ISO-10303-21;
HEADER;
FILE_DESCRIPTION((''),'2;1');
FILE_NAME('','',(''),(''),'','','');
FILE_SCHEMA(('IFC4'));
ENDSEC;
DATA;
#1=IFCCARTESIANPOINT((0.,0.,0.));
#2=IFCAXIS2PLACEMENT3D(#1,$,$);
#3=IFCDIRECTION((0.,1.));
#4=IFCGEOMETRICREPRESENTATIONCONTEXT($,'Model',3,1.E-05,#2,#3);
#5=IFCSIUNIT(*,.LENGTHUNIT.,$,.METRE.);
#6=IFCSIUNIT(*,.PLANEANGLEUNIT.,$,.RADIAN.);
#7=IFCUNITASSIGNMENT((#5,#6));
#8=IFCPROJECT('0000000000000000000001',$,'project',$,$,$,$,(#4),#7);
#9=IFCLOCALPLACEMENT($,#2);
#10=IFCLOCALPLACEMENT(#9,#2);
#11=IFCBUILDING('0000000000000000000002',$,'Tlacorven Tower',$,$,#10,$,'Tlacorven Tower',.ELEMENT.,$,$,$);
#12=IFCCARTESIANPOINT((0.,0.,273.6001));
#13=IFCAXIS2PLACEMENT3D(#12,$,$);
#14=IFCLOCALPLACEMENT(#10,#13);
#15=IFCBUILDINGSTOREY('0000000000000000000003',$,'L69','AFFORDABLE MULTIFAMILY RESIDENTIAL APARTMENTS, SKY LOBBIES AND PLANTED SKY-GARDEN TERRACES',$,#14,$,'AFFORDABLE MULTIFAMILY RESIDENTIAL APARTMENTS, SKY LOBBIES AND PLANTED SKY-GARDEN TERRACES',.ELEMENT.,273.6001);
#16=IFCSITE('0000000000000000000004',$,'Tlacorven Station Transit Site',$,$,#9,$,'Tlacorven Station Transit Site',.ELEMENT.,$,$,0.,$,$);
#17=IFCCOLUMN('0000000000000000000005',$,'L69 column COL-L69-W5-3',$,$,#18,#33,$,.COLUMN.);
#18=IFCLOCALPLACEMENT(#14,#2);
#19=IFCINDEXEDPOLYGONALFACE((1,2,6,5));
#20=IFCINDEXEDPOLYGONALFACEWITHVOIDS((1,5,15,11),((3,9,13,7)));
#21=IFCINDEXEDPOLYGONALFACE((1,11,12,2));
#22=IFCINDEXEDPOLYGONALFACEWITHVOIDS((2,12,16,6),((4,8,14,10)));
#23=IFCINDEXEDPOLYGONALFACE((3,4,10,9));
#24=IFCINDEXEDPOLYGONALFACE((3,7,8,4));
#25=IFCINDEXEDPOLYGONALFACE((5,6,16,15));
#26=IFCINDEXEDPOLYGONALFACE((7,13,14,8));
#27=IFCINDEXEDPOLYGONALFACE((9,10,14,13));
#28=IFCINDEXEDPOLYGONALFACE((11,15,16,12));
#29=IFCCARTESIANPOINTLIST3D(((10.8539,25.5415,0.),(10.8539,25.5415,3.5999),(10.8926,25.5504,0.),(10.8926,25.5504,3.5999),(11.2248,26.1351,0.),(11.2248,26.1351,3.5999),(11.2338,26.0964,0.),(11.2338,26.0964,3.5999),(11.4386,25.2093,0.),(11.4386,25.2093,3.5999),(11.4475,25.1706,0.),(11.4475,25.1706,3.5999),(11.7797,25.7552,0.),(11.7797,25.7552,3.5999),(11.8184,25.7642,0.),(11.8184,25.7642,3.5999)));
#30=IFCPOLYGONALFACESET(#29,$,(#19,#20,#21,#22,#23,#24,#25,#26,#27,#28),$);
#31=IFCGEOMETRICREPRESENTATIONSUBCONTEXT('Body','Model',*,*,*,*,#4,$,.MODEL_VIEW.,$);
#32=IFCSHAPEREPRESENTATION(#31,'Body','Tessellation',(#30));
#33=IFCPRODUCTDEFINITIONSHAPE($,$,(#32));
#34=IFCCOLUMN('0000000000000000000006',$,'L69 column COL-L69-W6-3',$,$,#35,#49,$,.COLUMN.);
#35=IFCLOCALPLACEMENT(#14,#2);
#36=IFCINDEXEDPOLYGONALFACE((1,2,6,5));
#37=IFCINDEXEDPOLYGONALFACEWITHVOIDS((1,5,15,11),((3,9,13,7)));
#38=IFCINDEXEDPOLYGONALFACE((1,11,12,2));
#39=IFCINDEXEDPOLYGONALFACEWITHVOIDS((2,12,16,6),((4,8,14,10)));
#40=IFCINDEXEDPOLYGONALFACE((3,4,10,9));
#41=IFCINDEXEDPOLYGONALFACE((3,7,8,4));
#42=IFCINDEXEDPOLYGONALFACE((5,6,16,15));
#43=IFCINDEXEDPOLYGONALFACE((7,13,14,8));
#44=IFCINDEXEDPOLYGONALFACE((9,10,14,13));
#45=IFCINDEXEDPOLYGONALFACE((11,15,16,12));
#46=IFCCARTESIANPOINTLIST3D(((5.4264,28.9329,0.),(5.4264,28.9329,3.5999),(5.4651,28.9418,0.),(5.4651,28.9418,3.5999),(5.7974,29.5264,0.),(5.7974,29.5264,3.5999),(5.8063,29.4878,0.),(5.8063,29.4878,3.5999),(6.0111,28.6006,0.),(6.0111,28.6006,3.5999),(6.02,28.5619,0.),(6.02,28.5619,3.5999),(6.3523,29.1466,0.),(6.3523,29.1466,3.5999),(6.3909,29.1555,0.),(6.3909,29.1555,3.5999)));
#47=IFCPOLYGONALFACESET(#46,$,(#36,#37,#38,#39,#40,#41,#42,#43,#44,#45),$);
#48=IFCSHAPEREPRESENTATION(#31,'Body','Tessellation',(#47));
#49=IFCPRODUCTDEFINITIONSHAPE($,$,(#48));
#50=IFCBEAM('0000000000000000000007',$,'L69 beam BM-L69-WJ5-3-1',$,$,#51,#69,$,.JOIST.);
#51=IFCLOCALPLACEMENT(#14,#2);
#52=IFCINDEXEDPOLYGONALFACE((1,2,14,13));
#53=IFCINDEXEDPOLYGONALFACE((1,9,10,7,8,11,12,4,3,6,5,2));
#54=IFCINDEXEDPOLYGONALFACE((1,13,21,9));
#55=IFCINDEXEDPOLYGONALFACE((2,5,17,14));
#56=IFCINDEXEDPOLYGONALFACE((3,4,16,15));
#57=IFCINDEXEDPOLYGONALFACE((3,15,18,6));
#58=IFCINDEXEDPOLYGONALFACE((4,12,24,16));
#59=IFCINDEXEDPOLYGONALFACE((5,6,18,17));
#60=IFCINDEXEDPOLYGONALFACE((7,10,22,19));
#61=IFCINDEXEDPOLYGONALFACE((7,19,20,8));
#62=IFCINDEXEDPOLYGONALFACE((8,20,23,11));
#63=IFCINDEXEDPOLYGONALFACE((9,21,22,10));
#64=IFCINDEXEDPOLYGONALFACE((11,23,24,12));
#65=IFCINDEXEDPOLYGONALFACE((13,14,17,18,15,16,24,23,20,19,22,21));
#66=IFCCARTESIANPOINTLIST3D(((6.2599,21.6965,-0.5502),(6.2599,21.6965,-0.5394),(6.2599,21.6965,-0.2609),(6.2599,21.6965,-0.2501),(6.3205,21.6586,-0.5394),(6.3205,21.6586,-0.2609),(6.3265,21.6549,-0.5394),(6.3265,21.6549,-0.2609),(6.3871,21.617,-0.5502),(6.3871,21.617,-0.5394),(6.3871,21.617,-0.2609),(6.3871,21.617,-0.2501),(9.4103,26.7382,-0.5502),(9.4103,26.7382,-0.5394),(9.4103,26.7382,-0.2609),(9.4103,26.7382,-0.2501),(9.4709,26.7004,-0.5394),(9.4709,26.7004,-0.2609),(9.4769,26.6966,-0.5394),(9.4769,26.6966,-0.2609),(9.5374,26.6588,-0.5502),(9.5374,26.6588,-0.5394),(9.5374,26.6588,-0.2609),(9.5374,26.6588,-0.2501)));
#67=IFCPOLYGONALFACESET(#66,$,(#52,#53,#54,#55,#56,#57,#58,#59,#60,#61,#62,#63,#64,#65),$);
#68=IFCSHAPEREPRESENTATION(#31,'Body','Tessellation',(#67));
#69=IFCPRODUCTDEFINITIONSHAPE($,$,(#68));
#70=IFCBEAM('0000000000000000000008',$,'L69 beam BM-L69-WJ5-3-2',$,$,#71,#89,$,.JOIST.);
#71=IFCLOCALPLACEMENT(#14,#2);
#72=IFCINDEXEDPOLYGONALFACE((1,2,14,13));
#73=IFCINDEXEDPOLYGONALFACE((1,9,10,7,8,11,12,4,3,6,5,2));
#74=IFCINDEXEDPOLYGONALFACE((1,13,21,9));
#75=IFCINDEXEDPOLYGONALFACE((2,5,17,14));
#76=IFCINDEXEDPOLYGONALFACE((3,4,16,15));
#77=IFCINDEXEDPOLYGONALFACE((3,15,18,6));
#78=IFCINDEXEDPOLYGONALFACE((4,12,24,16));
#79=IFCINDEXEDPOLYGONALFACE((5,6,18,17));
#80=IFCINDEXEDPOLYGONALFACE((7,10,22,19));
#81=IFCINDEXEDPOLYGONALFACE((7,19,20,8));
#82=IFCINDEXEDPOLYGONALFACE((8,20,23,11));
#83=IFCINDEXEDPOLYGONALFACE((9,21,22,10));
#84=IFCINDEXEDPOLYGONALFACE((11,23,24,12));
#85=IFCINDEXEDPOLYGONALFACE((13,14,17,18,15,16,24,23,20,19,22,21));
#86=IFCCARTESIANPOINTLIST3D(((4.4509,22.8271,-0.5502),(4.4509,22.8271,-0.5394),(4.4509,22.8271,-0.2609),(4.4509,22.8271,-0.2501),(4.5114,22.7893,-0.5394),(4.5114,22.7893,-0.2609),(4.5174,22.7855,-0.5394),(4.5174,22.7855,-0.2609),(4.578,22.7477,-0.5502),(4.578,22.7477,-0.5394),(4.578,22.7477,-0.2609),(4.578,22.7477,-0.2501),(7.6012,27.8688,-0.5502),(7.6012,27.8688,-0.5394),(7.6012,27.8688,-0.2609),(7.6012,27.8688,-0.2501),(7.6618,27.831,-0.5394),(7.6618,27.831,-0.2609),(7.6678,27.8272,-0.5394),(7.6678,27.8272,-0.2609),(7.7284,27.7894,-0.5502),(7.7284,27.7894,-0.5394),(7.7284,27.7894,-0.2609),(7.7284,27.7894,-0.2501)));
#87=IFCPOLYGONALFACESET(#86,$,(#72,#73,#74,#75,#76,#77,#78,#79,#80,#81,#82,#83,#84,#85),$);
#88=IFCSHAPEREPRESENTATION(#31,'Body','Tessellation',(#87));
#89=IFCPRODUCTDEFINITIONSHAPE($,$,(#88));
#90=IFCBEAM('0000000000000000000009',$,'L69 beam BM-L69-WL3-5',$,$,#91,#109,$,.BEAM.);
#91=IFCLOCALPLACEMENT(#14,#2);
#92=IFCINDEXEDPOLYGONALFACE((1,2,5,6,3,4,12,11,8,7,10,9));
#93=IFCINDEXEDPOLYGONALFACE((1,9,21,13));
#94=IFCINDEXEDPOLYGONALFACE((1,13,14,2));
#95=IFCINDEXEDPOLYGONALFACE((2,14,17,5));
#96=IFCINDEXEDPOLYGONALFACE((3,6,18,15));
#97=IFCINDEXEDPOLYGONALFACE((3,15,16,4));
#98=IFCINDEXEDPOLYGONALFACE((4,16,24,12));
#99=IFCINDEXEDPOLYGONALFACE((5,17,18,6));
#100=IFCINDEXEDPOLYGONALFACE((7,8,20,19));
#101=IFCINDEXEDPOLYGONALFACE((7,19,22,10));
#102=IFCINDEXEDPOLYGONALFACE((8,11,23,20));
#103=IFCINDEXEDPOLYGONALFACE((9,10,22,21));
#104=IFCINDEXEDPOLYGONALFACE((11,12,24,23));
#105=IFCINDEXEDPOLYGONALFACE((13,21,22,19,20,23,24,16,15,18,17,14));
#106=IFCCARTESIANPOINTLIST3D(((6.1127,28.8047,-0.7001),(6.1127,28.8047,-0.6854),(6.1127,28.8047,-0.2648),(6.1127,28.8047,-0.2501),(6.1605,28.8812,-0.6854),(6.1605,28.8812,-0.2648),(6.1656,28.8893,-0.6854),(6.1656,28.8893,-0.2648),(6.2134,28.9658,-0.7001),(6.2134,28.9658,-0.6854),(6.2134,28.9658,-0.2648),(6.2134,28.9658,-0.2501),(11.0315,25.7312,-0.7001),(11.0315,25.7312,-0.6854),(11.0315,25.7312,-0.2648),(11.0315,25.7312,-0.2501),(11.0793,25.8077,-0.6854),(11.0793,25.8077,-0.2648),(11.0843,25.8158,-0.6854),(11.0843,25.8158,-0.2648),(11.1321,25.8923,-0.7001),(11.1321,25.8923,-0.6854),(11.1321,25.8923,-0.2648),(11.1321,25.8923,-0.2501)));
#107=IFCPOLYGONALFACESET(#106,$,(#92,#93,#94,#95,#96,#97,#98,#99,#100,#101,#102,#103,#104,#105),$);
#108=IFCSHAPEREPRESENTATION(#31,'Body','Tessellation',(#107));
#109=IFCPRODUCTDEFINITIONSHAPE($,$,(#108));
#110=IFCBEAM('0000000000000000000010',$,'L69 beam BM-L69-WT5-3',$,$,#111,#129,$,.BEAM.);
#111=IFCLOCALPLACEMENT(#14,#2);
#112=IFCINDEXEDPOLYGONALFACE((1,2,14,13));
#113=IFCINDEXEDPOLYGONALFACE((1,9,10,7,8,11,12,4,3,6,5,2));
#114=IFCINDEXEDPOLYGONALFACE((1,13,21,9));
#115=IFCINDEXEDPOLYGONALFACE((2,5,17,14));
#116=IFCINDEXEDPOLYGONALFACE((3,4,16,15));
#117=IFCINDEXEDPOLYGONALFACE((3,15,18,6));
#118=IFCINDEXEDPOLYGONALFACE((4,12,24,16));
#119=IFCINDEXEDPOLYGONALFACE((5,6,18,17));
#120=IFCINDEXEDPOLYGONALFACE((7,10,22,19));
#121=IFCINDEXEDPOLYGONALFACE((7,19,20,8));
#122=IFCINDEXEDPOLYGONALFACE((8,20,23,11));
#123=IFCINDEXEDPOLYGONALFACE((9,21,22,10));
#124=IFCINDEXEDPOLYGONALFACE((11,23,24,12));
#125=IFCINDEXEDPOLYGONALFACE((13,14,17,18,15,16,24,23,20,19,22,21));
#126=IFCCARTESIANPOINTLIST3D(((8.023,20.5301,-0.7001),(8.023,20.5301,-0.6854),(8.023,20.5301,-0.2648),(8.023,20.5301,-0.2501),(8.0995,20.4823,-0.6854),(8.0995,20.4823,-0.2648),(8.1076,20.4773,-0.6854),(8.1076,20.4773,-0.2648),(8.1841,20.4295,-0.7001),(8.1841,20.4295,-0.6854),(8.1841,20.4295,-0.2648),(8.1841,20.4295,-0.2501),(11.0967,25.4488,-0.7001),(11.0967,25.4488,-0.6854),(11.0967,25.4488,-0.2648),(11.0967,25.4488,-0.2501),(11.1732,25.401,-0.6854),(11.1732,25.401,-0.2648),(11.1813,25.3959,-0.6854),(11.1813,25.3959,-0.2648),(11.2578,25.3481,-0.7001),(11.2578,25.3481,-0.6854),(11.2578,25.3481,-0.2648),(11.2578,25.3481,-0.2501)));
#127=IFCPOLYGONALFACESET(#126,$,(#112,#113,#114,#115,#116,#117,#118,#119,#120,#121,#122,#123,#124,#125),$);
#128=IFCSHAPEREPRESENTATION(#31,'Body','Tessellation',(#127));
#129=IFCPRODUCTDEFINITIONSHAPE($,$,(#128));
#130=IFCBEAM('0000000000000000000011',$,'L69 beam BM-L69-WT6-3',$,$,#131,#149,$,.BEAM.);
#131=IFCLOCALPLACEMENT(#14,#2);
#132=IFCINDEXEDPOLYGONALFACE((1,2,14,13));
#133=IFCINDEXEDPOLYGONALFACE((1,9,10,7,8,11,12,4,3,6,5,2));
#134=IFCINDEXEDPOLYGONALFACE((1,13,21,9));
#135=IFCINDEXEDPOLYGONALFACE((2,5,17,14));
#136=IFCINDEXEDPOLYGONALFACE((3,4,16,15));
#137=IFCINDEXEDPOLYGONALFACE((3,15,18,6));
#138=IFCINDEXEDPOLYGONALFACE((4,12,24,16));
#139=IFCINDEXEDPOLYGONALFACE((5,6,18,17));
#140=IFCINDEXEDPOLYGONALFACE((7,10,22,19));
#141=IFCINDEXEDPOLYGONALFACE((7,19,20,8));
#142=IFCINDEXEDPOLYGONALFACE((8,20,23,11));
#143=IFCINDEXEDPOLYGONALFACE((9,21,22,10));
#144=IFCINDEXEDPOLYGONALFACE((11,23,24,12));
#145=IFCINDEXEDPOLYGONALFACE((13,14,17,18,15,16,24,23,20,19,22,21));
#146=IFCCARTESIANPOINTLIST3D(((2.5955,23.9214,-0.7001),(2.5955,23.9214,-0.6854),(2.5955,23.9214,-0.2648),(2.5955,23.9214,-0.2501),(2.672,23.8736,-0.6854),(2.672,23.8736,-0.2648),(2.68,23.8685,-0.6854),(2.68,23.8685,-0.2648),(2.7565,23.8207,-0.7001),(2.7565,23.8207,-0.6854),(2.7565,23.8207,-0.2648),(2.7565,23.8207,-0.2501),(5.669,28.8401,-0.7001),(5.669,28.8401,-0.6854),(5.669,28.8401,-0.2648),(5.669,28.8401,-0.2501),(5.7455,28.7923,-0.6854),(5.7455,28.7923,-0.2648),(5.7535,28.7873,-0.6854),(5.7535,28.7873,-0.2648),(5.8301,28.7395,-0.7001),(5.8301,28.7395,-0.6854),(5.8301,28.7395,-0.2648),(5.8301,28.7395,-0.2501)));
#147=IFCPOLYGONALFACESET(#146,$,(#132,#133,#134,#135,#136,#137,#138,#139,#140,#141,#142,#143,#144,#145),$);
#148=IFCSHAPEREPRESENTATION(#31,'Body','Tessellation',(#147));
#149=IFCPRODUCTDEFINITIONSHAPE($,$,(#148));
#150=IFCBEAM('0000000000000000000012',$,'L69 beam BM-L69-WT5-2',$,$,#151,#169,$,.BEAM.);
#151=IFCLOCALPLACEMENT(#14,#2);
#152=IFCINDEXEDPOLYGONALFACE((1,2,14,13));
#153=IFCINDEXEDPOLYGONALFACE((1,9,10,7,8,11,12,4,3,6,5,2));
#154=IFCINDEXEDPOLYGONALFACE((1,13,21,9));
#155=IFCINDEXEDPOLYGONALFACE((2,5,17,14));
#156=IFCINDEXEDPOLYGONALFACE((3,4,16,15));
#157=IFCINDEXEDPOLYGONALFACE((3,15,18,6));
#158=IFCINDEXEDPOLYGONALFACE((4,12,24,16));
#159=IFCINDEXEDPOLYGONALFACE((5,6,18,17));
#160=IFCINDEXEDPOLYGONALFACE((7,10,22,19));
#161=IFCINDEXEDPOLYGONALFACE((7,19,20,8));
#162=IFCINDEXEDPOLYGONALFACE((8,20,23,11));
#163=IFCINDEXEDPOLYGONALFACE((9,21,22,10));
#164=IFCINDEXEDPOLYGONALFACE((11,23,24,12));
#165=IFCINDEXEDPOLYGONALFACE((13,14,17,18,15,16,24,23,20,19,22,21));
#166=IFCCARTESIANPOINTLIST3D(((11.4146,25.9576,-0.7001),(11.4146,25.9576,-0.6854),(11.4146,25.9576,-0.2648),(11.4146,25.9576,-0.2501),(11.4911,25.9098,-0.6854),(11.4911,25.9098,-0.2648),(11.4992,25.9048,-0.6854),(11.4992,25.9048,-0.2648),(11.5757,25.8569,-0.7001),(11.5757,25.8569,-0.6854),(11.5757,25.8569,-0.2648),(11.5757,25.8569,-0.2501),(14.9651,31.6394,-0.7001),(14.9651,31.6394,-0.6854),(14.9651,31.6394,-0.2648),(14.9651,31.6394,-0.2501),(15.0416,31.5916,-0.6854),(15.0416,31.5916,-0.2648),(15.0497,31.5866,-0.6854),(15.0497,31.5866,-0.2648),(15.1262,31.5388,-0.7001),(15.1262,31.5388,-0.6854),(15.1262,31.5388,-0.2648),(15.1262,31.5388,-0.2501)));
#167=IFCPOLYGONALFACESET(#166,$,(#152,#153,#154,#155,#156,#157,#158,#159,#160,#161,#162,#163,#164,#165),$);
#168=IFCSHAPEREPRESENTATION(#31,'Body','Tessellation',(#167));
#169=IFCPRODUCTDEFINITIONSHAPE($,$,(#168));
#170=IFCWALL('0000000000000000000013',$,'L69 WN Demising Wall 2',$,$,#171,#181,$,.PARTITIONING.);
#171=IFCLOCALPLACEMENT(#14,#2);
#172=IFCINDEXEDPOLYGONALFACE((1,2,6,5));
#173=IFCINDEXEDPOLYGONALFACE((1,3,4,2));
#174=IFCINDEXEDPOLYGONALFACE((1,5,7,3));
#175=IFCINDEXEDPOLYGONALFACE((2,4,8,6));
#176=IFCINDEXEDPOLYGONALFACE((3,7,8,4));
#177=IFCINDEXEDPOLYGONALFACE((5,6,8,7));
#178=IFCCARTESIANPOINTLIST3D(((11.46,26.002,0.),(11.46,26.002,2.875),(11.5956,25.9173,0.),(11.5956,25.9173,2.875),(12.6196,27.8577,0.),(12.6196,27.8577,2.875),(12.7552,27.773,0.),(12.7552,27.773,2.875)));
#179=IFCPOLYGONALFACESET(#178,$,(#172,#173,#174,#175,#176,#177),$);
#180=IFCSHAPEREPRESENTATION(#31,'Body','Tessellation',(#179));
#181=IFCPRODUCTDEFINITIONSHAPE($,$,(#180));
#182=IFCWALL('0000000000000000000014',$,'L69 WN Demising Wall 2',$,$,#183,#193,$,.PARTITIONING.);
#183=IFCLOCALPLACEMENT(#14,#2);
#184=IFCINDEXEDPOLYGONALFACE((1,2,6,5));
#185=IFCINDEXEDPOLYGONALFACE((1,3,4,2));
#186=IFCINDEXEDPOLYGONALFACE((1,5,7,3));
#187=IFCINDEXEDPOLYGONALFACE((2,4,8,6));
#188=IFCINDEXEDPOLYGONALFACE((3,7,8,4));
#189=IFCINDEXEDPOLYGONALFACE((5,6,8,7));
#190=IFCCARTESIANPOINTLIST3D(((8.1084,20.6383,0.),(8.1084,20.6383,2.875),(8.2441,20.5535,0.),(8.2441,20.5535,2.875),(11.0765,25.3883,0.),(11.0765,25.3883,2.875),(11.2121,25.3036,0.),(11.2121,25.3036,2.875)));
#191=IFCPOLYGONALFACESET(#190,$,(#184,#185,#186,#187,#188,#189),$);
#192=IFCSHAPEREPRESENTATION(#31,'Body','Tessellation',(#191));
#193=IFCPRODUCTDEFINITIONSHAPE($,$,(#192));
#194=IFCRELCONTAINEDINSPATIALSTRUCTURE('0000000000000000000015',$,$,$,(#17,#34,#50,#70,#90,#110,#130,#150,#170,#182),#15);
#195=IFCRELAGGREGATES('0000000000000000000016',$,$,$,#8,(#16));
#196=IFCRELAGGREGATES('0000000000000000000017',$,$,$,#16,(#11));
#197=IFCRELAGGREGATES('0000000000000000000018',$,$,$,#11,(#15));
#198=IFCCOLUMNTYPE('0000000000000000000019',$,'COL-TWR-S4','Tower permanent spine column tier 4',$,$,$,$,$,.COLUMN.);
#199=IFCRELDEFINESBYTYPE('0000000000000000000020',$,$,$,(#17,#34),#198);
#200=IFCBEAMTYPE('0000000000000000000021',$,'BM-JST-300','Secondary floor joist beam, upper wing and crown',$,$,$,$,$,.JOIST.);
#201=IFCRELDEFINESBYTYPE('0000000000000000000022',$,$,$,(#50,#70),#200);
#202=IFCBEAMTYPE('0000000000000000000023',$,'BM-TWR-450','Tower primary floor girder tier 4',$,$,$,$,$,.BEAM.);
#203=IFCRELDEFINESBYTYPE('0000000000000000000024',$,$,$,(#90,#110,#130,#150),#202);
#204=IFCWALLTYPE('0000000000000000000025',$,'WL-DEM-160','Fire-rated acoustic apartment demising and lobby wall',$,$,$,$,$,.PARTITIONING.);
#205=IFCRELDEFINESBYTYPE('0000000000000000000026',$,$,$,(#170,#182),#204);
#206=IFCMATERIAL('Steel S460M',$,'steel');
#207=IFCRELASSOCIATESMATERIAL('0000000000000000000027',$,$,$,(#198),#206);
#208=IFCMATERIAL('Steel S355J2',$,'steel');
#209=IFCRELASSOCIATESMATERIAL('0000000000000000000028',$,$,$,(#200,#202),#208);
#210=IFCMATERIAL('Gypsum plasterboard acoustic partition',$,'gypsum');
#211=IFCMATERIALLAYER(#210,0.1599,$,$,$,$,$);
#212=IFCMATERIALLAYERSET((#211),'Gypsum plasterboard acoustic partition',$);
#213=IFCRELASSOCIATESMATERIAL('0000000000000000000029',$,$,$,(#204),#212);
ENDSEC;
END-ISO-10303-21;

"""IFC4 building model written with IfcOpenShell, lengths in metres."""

from ifc_helpers import new_model, si_unit, direction, frame, frame_2d, origin, origin_2d, place, context, subcontext, project, spatial, rectangle, hollow_rectangle, i_section, extrude, source, transform, mapped, material, layer, layer_set, material_profile, profile_set, type_object, element, save


model = new_model("IFC4")

# Units and contexts
model_context = context("Model", 3, precision=1e-05, world=origin(), true_north=direction((0.0, 1.0)))
body_context = subcontext(model_context, "Body", "Model", "MODEL_VIEW")
ifc_project = project(units=[si_unit("LENGTHUNIT", "METRE"), si_unit("PLANEANGLEUNIT", "RADIAN")], contexts=[model_context])

# Site, building, storey
site_placement = place(None, origin())
site = spatial("IfcSite", under=ifc_project, at=site_placement, Name="Tlacorven Station Transit Site", LongName="Tlacorven Station Transit Site", CompositionType="ELEMENT", RefElevation=0.0)
building_placement = place(site_placement, origin())
building = spatial("IfcBuilding", under=site, at=building_placement, Name="Tlacorven Tower", LongName="Tlacorven Tower", CompositionType="ELEMENT")
storey_placement = place(building_placement, frame((0.0, 0.0, 273.6001)))
storey = spatial("IfcBuildingStorey", under=building, at=storey_placement, Name="L69", Description="AFFORDABLE MULTIFAMILY RESIDENTIAL APARTMENTS, SKY LOBBIES AND PLANTED SKY-GARDEN TERRACES", LongName="AFFORDABLE MULTIFAMILY RESIDENTIAL APARTMENTS, SKY LOBBIES AND PLANTED SKY-GARDEN TERRACES", CompositionType="ELEMENT", Elevation=273.6001)

# Columns
ifc_material_1 = material(Name="Steel S460M", Category="steel")
ifc_material_profile_1 = material_profile(ifc_material_1, hollow_rectangle(XDim=0.7, YDim=0.7, WallThickness=0.0281, at=origin_2d()), Name="BOX 700X700X28")
ifc_profile_set_1 = profile_set([ifc_material_profile_1], Name="Steel S460M")
column_type = type_object("IfcColumnType", Name="COL-TWR-S4", Description="Tower permanent spine column tier 4", PredefinedType="COLUMN", material=ifc_profile_set_1)
shared_shape_1 = source(origin(), body_context, "Body", "SweptSolid", [
    extrude(hollow_rectangle(XDim=0.7, YDim=0.7, WallThickness=0.0281, at=origin_2d()), origin(), (0.0, 0.0, 1.0), 3.5999),
])
for number, where, z_axis, x_axis, name in (
    (1, (11.3362, 25.6528, 0.0), (0.0, 0.0, 1.0), (-0.848048, 0.529919, 0.0), "L69 column COL-L69-W5-3"),
    (2, (5.9087, 29.0442, 0.0), (0.0, 0.0, 1.0), (-0.848048, 0.529919, 0.0), "L69 column COL-L69-W6-3"),
):
    element("IfcColumn", number, at=place(storey_placement, frame(where, z_axis=z_axis, x_axis=x_axis)), inside=storey, type_object=column_type, Name=name, PredefinedType="COLUMN", context=body_context, shape_type="MappedRepresentation", body=[
        mapped(shared_shape_1, transform((0.0, 0.0, 0.0), scale=1.0)),
    ])

# Beams
ifc_material_2 = material(Name="Steel S355J2", Category="steel")
ifc_material_profile_2 = material_profile(ifc_material_2, i_section(OverallWidth=0.1499, OverallDepth=0.3, WebThickness=0.0071, FlangeThickness=0.0107, at=origin_2d()), Name="IPE 300")
ifc_profile_set_2 = profile_set([ifc_material_profile_2], Name="Steel S355J2")
beam_type_1 = type_object("IfcBeamType", Name="BM-JST-300", Description="Secondary floor joist beam, upper wing and crown", PredefinedType="JOIST", material=ifc_profile_set_2)
shared_shape_2 = source(origin(), body_context, "Body", "SweptSolid", [
    extrude(i_section(OverallWidth=0.1499, OverallDepth=0.3, WebThickness=0.0071, FlangeThickness=0.0107, at=origin_2d()), origin(), (0.0, 0.0, 1.0), 5.9451),
])
for number, where, z_axis, x_axis, name in (
    (3, (9.4739, 26.6985, -0.4001), (-0.529914, -0.848051, 0.0), (0.848051, -0.529914, 0.0), "L69 beam BM-L69-WJ5-3-1"),
    (4, (7.6648, 27.8291, -0.4001), (-0.529914, -0.848051, 0.0), (0.848051, -0.529914, 0.0), "L69 beam BM-L69-WJ5-3-2"),
):
    element("IfcBeam", number, at=place(storey_placement, frame(where, z_axis=z_axis, x_axis=x_axis)), inside=storey, type_object=beam_type_1, Name=name, PredefinedType="JOIST", context=body_context, shape_type="MappedRepresentation", body=[
        mapped(shared_shape_2, transform((0.0, 0.0, 0.0), scale=1.0)),
    ])
ifc_material_profile_3 = material_profile(ifc_material_2, i_section(OverallWidth=0.1899, OverallDepth=0.45, WebThickness=0.0095, FlangeThickness=0.0146, at=origin_2d()), Name="IPE 450")
ifc_profile_set_3 = profile_set([ifc_material_profile_3], Name="Steel S355J2")
beam_type_2 = type_object("IfcBeamType", Name="BM-TWR-450", Description="Tower primary floor girder tier 4", PredefinedType="BEAM", material=ifc_profile_set_3)
shared_shape_3 = source(origin(), body_context, "Body", "SweptSolid", [
    extrude(i_section(OverallWidth=0.1899, OverallDepth=0.45, WebThickness=0.0095, FlangeThickness=0.0146, at=origin_2d()), origin(), (0.0, 0.0, 1.0), 5.8),
])
for number, where, z_axis, x_axis, name in (
    (5, (11.0818, 25.8118, -0.4751), (-0.848053, 0.529912, 0.0), (-0.529912, -0.848053, 0.0), "L69 beam BM-L69-WL3-5"),
    (6, (11.1772, 25.3984, -0.4751), (-0.529942, -0.848034, 0.0), (0.848034, -0.529942, 0.0), "L69 beam BM-L69-WT5-3"),
    (7, (5.7495, 28.7898, -0.4751), (-0.529912, -0.848053, 0.0), (0.848053, -0.529912, 0.0), "L69 beam BM-L69-WT6-3"),
):
    element("IfcBeam", number, at=place(storey_placement, frame(where, z_axis=z_axis, x_axis=x_axis)), inside=storey, type_object=beam_type_2, Name=name, PredefinedType="BEAM", context=body_context, shape_type="MappedRepresentation", body=[
        mapped(shared_shape_3, transform((0.0, 0.0, 0.0), scale=1.0)),
    ])
shared_shape_4 = source(origin(), body_context, "Body", "SweptSolid", [
    extrude(i_section(OverallWidth=0.1899, OverallDepth=0.45, WebThickness=0.0095, FlangeThickness=0.0146, at=origin_2d()), origin(), (0.0, 0.0, 1.0), 6.7),
])
beam_placement = place(storey_placement, frame((15.0457, 31.5891, -0.4751), z_axis=(-0.52993, -0.848041, 0.0), x_axis=(0.848041, -0.52993, 0.0)))
element("IfcBeam", 8, at=beam_placement, inside=storey, type_object=beam_type_2, Name="L69 beam BM-L69-WT5-2", PredefinedType="BEAM", context=body_context, shape_type="MappedRepresentation", body=[
    mapped(shared_shape_4, transform((0.0, 0.0, 0.0), scale=1.0)),
])

# Walls
ifc_material_3 = material(Name="Gypsum plasterboard acoustic partition", Category="gypsum")
ifc_layer_1 = layer(ifc_material_3, 0.1599)
ifc_layer_set_1 = layer_set([ifc_layer_1], Name="Gypsum plasterboard acoustic partition")
wall_type_1 = type_object("IfcWallType", Name="WL-DEM-160", Description="Fire-rated acoustic apartment demising and lobby wall", PredefinedType="PARTITIONING", material=ifc_layer_set_1)
wall_1_placement = place(storey_placement, frame((12.6875, 27.8154, 0.0), z_axis=(0.0, 0.0, 1.0), x_axis=(-0.529949, -0.84803, 0.0)))
element("IfcWall", 9, at=wall_1_placement, inside=storey, type_object=wall_type_1, Name="L69 WN Demising Wall 2", PredefinedType="PARTITIONING", context=body_context, shape_type="SweptSolid", body=[
    extrude(rectangle(XDim=2.1882, YDim=0.1599, at=frame_2d((1.0942, 0.0))), origin(), (0.0, 0.0, 1.0), 2.875),
])
wall_2_placement = place(storey_placement, frame((11.1443, 25.3459, 0.0), z_axis=(0.0, 0.0, 1.0), x_axis=(-0.529905, -0.848057, 0.0)))
element("IfcWall", 10, at=wall_2_placement, inside=storey, type_object=wall_type_1, Name="L69 WN Demising Wall 2", PredefinedType="PARTITIONING", context=body_context, shape_type="SweptSolid", body=[
    extrude(rectangle(XDim=5.6011, YDim=0.1599, at=frame_2d((2.8005, 0.0))), origin(), (0.0, 0.0, 1.0), 2.875),
])

save(model, "model.ifc")
